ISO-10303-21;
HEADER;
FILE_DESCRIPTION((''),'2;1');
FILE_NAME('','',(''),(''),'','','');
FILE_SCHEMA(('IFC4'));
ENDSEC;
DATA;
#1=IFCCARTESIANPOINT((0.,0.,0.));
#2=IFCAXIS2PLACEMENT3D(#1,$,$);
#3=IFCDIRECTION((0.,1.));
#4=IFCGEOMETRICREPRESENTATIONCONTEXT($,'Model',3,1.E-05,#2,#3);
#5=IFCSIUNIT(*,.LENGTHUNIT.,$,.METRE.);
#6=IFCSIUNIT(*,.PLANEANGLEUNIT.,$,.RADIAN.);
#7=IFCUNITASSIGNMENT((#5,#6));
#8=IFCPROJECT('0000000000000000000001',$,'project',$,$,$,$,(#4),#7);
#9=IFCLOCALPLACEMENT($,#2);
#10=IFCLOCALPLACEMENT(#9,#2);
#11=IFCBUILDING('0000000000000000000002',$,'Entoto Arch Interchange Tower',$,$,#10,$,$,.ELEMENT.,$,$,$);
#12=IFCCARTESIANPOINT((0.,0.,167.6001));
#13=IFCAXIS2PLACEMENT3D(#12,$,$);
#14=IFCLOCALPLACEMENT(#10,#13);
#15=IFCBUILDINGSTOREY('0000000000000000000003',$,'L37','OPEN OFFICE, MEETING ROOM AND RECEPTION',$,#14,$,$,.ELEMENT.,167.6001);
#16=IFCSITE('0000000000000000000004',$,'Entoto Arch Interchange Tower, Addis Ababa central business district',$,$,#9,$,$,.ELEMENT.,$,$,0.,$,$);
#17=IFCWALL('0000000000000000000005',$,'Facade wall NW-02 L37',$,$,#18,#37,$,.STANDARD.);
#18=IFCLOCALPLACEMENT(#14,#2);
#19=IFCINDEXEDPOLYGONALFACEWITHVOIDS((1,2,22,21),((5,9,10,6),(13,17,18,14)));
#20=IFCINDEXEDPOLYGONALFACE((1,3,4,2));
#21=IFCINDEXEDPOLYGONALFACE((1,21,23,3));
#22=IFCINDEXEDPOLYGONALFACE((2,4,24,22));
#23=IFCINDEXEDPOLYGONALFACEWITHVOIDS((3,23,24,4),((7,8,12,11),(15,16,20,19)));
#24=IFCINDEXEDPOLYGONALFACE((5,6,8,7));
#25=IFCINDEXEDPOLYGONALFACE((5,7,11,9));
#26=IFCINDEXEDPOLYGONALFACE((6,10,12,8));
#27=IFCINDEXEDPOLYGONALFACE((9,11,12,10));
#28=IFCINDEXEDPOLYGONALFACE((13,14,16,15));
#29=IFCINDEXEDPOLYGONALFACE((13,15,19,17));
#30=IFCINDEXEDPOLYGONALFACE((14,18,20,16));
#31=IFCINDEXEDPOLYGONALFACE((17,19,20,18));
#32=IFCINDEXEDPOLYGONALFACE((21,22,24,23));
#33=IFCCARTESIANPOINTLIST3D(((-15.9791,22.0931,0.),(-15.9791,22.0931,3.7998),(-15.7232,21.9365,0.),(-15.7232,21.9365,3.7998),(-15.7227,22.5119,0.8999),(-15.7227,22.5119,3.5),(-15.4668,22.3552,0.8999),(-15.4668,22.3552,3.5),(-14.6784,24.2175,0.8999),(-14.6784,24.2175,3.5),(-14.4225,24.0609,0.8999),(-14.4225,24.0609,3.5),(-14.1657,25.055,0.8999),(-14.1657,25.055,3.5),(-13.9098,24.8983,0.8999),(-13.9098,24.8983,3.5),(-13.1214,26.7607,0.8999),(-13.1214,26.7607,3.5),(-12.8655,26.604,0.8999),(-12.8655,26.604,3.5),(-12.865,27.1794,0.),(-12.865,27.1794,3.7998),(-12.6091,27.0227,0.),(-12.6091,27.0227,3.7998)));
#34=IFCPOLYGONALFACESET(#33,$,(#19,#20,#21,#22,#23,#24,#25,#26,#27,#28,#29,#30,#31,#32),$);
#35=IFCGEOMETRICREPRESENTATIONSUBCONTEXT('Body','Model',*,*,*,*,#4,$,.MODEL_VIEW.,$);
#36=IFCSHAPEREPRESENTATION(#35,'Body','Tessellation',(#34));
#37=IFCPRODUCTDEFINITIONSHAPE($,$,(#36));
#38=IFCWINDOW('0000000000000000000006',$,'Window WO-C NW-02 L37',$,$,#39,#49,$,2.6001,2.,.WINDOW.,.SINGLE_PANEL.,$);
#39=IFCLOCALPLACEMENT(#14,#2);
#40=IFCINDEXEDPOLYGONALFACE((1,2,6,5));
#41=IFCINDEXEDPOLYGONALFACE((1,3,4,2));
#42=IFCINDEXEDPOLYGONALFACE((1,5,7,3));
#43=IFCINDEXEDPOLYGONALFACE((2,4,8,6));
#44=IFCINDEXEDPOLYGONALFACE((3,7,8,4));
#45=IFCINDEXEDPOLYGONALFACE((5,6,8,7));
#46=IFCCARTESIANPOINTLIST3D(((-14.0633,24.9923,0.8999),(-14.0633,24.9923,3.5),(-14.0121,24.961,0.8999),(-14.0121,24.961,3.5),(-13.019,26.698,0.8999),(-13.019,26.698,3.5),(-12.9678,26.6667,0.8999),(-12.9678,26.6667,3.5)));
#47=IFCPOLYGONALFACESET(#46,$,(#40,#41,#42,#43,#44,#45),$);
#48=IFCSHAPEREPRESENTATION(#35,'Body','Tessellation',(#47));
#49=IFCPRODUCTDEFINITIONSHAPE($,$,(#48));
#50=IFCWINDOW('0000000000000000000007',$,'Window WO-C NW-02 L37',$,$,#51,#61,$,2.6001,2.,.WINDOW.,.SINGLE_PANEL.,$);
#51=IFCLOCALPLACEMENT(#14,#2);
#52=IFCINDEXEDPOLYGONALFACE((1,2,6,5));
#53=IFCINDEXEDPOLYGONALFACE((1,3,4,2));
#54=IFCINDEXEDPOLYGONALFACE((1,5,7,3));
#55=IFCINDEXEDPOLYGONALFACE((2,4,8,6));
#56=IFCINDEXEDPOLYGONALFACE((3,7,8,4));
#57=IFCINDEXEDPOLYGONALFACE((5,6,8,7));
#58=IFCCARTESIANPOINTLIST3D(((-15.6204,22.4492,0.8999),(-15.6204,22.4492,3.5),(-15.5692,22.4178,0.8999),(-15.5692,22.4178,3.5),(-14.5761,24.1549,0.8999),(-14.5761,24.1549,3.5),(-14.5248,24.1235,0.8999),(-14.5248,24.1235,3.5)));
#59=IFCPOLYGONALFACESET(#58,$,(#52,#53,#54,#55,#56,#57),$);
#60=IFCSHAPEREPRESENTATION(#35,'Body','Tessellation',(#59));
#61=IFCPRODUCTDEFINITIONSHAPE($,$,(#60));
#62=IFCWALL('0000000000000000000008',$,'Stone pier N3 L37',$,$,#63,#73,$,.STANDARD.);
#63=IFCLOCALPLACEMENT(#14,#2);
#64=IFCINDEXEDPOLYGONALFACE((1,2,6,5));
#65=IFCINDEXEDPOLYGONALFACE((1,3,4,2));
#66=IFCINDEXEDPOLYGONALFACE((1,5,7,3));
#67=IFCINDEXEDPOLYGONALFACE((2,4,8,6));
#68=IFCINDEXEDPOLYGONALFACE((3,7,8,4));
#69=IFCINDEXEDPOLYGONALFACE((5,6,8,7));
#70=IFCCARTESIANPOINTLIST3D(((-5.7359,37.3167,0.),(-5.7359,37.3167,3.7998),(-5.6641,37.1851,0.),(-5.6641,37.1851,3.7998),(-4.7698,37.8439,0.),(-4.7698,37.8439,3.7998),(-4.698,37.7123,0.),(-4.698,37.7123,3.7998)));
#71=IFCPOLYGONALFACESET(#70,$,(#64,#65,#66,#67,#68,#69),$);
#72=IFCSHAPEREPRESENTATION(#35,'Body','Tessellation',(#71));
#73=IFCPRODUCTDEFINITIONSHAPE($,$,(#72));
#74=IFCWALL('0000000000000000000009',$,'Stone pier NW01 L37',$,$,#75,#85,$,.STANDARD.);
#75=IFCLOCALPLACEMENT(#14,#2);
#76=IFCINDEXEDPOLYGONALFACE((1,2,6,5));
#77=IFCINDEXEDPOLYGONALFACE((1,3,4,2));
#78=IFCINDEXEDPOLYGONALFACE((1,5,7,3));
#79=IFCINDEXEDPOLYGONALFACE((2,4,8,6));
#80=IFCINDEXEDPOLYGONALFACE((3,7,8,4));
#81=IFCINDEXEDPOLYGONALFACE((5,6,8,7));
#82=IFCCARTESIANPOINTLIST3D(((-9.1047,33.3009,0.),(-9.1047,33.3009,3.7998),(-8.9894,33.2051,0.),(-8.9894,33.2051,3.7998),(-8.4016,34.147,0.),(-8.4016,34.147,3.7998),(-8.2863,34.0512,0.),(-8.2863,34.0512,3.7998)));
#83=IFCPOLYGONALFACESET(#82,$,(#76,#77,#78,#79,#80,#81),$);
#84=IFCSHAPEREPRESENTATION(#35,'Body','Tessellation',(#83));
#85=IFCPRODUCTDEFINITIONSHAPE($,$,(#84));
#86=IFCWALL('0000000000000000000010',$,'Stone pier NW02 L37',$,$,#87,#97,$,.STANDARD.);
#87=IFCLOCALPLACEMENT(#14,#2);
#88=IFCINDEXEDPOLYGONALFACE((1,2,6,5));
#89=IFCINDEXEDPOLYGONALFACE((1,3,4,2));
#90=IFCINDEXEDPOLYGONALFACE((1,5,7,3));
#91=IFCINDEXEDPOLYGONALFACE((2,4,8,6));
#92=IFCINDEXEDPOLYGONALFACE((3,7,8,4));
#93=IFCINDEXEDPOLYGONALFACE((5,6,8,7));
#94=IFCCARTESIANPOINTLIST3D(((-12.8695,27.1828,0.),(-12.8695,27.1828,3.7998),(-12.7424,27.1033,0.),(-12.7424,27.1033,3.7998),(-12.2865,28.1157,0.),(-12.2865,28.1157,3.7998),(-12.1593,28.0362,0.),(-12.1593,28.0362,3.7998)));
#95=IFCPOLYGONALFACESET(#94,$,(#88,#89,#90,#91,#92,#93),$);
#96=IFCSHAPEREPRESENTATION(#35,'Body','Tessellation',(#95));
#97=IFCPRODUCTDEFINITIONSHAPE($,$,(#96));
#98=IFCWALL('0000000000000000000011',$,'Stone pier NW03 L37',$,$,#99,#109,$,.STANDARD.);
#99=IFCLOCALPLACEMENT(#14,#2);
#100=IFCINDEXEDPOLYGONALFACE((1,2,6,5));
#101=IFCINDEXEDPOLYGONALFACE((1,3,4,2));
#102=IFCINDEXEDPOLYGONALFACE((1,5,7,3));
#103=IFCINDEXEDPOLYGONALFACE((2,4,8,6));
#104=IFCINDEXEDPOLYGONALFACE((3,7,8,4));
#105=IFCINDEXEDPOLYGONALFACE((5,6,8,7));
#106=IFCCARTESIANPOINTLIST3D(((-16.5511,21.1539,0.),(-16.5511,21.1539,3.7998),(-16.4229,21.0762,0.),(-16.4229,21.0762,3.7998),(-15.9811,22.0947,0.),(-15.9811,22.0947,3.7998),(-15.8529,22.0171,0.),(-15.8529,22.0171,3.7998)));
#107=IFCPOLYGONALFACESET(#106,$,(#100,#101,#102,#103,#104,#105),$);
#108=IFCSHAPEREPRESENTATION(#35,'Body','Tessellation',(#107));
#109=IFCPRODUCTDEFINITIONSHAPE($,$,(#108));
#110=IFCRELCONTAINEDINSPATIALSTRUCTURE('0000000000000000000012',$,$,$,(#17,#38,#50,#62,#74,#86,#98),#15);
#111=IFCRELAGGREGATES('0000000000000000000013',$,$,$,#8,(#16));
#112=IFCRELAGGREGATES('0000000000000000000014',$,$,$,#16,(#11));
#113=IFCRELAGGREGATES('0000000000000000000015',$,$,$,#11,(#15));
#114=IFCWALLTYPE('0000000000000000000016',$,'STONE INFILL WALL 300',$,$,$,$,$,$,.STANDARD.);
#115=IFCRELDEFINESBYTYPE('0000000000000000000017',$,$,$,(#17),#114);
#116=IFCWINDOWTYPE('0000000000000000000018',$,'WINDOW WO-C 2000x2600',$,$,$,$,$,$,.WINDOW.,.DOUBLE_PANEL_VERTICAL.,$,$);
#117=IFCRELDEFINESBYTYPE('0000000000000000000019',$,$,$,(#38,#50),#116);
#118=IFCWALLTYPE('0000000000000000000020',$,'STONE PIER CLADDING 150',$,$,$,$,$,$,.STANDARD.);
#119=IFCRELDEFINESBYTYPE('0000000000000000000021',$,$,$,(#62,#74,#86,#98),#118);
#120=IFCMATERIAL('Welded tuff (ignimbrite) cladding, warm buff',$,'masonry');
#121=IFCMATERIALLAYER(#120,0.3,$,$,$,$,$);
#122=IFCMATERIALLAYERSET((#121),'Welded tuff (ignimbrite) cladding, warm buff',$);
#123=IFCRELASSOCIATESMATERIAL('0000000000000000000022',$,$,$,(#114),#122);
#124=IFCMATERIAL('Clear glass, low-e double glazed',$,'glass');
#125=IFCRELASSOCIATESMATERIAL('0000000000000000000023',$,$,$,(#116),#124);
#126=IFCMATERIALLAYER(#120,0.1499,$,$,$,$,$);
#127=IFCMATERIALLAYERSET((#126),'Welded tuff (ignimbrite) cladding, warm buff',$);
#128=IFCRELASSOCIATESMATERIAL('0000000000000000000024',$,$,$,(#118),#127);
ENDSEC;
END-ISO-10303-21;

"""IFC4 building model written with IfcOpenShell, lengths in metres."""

from ifc_helpers import new_model, si_unit, direction, frame, frame_2d, origin, place, context, subcontext, project, spatial, rectangle, extrude, material, layer, layer_set, type_object, element, fill, save


model = new_model("IFC4")

# Units and contexts
model_context = context("Model", 3, precision=1e-05, world=origin(), true_north=direction((0.0, 1.0)))
body_context = subcontext(model_context, "Body", "Model", "MODEL_VIEW")
ifc_project = project(units=[si_unit("LENGTHUNIT", "METRE"), si_unit("PLANEANGLEUNIT", "RADIAN")], contexts=[model_context])

# Site, building, storey
site_placement = place(None, origin())
site = spatial("IfcSite", under=ifc_project, at=site_placement, Name="Entoto Arch Interchange Tower, Addis Ababa central business district", CompositionType="ELEMENT", RefElevation=0.0)
building_placement = place(site_placement, origin())
building = spatial("IfcBuilding", under=site, at=building_placement, Name="Entoto Arch Interchange Tower", CompositionType="ELEMENT")
storey_placement = place(building_placement, frame((0.0, 0.0, 167.6001)))
storey = spatial("IfcBuildingStorey", under=building, at=storey_placement, Name="L37", Description="OPEN OFFICE, MEETING ROOM AND RECEPTION", CompositionType="ELEMENT", Elevation=167.6001)

# Shared definitions
ifc_material_1 = material(Name="Welded tuff (ignimbrite) cladding, warm buff", Category="masonry")
ifc_layer_1 = layer(ifc_material_1, 0.3)
ifc_layer_set_1 = layer_set([ifc_layer_1], Name="Welded tuff (ignimbrite) cladding, warm buff")
wall_type_1 = type_object("IfcWallType", Name="STONE INFILL WALL 300", PredefinedType="STANDARD", material=ifc_layer_set_1)
ifc_material_2 = material(Name="Clear glass, low-e double glazed", Category="glass")

# Wall, openings, windows
window_type_1 = type_object("IfcWindowType", Name="WINDOW WO-C 2000x2600", PartitioningType="DOUBLE_PANEL_VERTICAL", PredefinedType="WINDOW", material=ifc_material_2)
wall_1_placement = place(storey_placement, frame((-12.7371, 27.1011, 0.0), z_axis=(0.0, 0.0, 1.0), x_axis=(-0.522157, -0.852849, 0.0)))
wall_1 = element("IfcWall", 1, at=wall_1_placement, inside=storey, type_object=wall_type_1, Name="Facade wall NW-02 L37", PredefinedType="STANDARD", context=body_context, shape_type="SweptSolid", body=[
    extrude(rectangle(XDim=5.9639, YDim=0.3, at=frame_2d((2.9819, 0.0))), origin(), (0.0, 0.0, 1.0), 3.7998),
])
opening_1_placement = place(wall_1_placement, frame((0.491, 0.0, 0.8999)))
opening_1 = element("IfcOpeningElement", 2, at=opening_1_placement, cuts=wall_1, PredefinedType="OPENING", context=body_context, shape_type="SweptSolid", body=[
    extrude(rectangle(XDim=2.0, YDim=2.6001, at=frame_2d((1.0, 1.3))), frame((0.0, 0.1602, 0.0), z_axis=(0.0, -1.0, 0.0), x_axis=(1.0, 0.0, 0.0)), (0.0, 0.0, 1.0), 0.3201),
])
opening_2_placement = place(wall_1_placement, frame((3.4729, 0.0, 0.8999)))
opening_2 = element("IfcOpeningElement", 3, at=opening_2_placement, cuts=wall_1, PredefinedType="OPENING", context=body_context, shape_type="SweptSolid", body=[
    extrude(rectangle(XDim=2.0, YDim=2.6001, at=frame_2d((1.0, 1.3))), frame((0.0, 0.1602, 0.0), z_axis=(0.0, -1.0, 0.0), x_axis=(1.0, 0.0, 0.0)), (0.0, 0.0, 1.0), 0.3201),
])
window_1_placement = place(opening_1_placement, origin())
window_1 = element("IfcWindow", 4, at=window_1_placement, inside=storey, type_object=window_type_1, Name="Window WO-C NW-02 L37", OverallHeight=2.6001, OverallWidth=2.0, PartitioningType="SINGLE_PANEL", PredefinedType="WINDOW", context=body_context, shape_type="SweptSolid", body=[
    extrude(rectangle(XDim=2.0, YDim=2.6001, at=frame_2d((1.0, 1.3))), frame((0.0, 0.03, 0.0), z_axis=(0.0, -1.0, 0.0), x_axis=(1.0, 0.0, 0.0)), (0.0, 0.0, 1.0), 0.0601),
])
fill(opening_1, window_1)
window_2_placement = place(opening_2_placement, origin())
window_2 = element("IfcWindow", 5, at=window_2_placement, inside=storey, type_object=window_type_1, Name="Window WO-C NW-02 L37", OverallHeight=2.6001, OverallWidth=2.0, PartitioningType="SINGLE_PANEL", PredefinedType="WINDOW", context=body_context, shape_type="SweptSolid", body=[
    extrude(rectangle(XDim=2.0, YDim=2.6001, at=frame_2d((1.0, 1.3))), frame((0.0, 0.03, 0.0), z_axis=(0.0, -1.0, 0.0), x_axis=(1.0, 0.0, 0.0)), (0.0, 0.0, 1.0), 0.0601),
])
fill(opening_2, window_2)

# Walls
ifc_layer_2 = layer(ifc_material_1, 0.1499)
ifc_layer_set_2 = layer_set([ifc_layer_2], Name="Welded tuff (ignimbrite) cladding, warm buff")
wall_type_2 = type_object("IfcWallType", Name="STONE PIER CLADDING 150", PredefinedType="STANDARD", material=ifc_layer_set_2)
wall_2_placement = place(storey_placement, frame((-4.7339, 37.7781, 0.0), z_axis=(0.0, 0.0, 1.0), x_axis=(-0.877836, -0.478961, 0.0)))
element("IfcWall", 6, at=wall_2_placement, inside=storey, type_object=wall_type_2, Name="Stone pier N3 L37", PredefinedType="STANDARD", context=body_context, shape_type="SweptSolid", body=[
    extrude(rectangle(XDim=1.1006, YDim=0.1499, at=frame_2d((0.5503, 0.0))), origin(), (0.0, 0.0, 1.0), 3.7998),
])
for number, where, z_axis, x_axis, name in (
    (7, (-8.344, 34.0991, 0.0), (0.0, 0.0, 1.0), (-0.639092, -0.76913, 0.0), "Stone pier NW01 L37"),
    (8, (-12.2229, 28.0759, 0.0), (0.0, 0.0, 1.0), (-0.529979, -0.848011, 0.0), "Stone pier NW02 L37"),
    (9, (-15.917, 22.0559, 0.0), (0.0, 0.0, 1.0), (-0.518179, -0.855272, 0.0), "Stone pier NW03 L37"),
):
    element("IfcWall", number, at=place(storey_placement, frame(where, z_axis=z_axis, x_axis=x_axis)), inside=storey, type_object=wall_type_2, Name=name, PredefinedType="STANDARD", context=body_context, shape_type="SweptSolid", body=[
        extrude(rectangle(XDim=1.1001, YDim=0.1499, at=frame_2d((0.55, 0.0))), origin(), (0.0, 0.0, 1.0), 3.7998),
    ])

save(model, "model.ifc")
